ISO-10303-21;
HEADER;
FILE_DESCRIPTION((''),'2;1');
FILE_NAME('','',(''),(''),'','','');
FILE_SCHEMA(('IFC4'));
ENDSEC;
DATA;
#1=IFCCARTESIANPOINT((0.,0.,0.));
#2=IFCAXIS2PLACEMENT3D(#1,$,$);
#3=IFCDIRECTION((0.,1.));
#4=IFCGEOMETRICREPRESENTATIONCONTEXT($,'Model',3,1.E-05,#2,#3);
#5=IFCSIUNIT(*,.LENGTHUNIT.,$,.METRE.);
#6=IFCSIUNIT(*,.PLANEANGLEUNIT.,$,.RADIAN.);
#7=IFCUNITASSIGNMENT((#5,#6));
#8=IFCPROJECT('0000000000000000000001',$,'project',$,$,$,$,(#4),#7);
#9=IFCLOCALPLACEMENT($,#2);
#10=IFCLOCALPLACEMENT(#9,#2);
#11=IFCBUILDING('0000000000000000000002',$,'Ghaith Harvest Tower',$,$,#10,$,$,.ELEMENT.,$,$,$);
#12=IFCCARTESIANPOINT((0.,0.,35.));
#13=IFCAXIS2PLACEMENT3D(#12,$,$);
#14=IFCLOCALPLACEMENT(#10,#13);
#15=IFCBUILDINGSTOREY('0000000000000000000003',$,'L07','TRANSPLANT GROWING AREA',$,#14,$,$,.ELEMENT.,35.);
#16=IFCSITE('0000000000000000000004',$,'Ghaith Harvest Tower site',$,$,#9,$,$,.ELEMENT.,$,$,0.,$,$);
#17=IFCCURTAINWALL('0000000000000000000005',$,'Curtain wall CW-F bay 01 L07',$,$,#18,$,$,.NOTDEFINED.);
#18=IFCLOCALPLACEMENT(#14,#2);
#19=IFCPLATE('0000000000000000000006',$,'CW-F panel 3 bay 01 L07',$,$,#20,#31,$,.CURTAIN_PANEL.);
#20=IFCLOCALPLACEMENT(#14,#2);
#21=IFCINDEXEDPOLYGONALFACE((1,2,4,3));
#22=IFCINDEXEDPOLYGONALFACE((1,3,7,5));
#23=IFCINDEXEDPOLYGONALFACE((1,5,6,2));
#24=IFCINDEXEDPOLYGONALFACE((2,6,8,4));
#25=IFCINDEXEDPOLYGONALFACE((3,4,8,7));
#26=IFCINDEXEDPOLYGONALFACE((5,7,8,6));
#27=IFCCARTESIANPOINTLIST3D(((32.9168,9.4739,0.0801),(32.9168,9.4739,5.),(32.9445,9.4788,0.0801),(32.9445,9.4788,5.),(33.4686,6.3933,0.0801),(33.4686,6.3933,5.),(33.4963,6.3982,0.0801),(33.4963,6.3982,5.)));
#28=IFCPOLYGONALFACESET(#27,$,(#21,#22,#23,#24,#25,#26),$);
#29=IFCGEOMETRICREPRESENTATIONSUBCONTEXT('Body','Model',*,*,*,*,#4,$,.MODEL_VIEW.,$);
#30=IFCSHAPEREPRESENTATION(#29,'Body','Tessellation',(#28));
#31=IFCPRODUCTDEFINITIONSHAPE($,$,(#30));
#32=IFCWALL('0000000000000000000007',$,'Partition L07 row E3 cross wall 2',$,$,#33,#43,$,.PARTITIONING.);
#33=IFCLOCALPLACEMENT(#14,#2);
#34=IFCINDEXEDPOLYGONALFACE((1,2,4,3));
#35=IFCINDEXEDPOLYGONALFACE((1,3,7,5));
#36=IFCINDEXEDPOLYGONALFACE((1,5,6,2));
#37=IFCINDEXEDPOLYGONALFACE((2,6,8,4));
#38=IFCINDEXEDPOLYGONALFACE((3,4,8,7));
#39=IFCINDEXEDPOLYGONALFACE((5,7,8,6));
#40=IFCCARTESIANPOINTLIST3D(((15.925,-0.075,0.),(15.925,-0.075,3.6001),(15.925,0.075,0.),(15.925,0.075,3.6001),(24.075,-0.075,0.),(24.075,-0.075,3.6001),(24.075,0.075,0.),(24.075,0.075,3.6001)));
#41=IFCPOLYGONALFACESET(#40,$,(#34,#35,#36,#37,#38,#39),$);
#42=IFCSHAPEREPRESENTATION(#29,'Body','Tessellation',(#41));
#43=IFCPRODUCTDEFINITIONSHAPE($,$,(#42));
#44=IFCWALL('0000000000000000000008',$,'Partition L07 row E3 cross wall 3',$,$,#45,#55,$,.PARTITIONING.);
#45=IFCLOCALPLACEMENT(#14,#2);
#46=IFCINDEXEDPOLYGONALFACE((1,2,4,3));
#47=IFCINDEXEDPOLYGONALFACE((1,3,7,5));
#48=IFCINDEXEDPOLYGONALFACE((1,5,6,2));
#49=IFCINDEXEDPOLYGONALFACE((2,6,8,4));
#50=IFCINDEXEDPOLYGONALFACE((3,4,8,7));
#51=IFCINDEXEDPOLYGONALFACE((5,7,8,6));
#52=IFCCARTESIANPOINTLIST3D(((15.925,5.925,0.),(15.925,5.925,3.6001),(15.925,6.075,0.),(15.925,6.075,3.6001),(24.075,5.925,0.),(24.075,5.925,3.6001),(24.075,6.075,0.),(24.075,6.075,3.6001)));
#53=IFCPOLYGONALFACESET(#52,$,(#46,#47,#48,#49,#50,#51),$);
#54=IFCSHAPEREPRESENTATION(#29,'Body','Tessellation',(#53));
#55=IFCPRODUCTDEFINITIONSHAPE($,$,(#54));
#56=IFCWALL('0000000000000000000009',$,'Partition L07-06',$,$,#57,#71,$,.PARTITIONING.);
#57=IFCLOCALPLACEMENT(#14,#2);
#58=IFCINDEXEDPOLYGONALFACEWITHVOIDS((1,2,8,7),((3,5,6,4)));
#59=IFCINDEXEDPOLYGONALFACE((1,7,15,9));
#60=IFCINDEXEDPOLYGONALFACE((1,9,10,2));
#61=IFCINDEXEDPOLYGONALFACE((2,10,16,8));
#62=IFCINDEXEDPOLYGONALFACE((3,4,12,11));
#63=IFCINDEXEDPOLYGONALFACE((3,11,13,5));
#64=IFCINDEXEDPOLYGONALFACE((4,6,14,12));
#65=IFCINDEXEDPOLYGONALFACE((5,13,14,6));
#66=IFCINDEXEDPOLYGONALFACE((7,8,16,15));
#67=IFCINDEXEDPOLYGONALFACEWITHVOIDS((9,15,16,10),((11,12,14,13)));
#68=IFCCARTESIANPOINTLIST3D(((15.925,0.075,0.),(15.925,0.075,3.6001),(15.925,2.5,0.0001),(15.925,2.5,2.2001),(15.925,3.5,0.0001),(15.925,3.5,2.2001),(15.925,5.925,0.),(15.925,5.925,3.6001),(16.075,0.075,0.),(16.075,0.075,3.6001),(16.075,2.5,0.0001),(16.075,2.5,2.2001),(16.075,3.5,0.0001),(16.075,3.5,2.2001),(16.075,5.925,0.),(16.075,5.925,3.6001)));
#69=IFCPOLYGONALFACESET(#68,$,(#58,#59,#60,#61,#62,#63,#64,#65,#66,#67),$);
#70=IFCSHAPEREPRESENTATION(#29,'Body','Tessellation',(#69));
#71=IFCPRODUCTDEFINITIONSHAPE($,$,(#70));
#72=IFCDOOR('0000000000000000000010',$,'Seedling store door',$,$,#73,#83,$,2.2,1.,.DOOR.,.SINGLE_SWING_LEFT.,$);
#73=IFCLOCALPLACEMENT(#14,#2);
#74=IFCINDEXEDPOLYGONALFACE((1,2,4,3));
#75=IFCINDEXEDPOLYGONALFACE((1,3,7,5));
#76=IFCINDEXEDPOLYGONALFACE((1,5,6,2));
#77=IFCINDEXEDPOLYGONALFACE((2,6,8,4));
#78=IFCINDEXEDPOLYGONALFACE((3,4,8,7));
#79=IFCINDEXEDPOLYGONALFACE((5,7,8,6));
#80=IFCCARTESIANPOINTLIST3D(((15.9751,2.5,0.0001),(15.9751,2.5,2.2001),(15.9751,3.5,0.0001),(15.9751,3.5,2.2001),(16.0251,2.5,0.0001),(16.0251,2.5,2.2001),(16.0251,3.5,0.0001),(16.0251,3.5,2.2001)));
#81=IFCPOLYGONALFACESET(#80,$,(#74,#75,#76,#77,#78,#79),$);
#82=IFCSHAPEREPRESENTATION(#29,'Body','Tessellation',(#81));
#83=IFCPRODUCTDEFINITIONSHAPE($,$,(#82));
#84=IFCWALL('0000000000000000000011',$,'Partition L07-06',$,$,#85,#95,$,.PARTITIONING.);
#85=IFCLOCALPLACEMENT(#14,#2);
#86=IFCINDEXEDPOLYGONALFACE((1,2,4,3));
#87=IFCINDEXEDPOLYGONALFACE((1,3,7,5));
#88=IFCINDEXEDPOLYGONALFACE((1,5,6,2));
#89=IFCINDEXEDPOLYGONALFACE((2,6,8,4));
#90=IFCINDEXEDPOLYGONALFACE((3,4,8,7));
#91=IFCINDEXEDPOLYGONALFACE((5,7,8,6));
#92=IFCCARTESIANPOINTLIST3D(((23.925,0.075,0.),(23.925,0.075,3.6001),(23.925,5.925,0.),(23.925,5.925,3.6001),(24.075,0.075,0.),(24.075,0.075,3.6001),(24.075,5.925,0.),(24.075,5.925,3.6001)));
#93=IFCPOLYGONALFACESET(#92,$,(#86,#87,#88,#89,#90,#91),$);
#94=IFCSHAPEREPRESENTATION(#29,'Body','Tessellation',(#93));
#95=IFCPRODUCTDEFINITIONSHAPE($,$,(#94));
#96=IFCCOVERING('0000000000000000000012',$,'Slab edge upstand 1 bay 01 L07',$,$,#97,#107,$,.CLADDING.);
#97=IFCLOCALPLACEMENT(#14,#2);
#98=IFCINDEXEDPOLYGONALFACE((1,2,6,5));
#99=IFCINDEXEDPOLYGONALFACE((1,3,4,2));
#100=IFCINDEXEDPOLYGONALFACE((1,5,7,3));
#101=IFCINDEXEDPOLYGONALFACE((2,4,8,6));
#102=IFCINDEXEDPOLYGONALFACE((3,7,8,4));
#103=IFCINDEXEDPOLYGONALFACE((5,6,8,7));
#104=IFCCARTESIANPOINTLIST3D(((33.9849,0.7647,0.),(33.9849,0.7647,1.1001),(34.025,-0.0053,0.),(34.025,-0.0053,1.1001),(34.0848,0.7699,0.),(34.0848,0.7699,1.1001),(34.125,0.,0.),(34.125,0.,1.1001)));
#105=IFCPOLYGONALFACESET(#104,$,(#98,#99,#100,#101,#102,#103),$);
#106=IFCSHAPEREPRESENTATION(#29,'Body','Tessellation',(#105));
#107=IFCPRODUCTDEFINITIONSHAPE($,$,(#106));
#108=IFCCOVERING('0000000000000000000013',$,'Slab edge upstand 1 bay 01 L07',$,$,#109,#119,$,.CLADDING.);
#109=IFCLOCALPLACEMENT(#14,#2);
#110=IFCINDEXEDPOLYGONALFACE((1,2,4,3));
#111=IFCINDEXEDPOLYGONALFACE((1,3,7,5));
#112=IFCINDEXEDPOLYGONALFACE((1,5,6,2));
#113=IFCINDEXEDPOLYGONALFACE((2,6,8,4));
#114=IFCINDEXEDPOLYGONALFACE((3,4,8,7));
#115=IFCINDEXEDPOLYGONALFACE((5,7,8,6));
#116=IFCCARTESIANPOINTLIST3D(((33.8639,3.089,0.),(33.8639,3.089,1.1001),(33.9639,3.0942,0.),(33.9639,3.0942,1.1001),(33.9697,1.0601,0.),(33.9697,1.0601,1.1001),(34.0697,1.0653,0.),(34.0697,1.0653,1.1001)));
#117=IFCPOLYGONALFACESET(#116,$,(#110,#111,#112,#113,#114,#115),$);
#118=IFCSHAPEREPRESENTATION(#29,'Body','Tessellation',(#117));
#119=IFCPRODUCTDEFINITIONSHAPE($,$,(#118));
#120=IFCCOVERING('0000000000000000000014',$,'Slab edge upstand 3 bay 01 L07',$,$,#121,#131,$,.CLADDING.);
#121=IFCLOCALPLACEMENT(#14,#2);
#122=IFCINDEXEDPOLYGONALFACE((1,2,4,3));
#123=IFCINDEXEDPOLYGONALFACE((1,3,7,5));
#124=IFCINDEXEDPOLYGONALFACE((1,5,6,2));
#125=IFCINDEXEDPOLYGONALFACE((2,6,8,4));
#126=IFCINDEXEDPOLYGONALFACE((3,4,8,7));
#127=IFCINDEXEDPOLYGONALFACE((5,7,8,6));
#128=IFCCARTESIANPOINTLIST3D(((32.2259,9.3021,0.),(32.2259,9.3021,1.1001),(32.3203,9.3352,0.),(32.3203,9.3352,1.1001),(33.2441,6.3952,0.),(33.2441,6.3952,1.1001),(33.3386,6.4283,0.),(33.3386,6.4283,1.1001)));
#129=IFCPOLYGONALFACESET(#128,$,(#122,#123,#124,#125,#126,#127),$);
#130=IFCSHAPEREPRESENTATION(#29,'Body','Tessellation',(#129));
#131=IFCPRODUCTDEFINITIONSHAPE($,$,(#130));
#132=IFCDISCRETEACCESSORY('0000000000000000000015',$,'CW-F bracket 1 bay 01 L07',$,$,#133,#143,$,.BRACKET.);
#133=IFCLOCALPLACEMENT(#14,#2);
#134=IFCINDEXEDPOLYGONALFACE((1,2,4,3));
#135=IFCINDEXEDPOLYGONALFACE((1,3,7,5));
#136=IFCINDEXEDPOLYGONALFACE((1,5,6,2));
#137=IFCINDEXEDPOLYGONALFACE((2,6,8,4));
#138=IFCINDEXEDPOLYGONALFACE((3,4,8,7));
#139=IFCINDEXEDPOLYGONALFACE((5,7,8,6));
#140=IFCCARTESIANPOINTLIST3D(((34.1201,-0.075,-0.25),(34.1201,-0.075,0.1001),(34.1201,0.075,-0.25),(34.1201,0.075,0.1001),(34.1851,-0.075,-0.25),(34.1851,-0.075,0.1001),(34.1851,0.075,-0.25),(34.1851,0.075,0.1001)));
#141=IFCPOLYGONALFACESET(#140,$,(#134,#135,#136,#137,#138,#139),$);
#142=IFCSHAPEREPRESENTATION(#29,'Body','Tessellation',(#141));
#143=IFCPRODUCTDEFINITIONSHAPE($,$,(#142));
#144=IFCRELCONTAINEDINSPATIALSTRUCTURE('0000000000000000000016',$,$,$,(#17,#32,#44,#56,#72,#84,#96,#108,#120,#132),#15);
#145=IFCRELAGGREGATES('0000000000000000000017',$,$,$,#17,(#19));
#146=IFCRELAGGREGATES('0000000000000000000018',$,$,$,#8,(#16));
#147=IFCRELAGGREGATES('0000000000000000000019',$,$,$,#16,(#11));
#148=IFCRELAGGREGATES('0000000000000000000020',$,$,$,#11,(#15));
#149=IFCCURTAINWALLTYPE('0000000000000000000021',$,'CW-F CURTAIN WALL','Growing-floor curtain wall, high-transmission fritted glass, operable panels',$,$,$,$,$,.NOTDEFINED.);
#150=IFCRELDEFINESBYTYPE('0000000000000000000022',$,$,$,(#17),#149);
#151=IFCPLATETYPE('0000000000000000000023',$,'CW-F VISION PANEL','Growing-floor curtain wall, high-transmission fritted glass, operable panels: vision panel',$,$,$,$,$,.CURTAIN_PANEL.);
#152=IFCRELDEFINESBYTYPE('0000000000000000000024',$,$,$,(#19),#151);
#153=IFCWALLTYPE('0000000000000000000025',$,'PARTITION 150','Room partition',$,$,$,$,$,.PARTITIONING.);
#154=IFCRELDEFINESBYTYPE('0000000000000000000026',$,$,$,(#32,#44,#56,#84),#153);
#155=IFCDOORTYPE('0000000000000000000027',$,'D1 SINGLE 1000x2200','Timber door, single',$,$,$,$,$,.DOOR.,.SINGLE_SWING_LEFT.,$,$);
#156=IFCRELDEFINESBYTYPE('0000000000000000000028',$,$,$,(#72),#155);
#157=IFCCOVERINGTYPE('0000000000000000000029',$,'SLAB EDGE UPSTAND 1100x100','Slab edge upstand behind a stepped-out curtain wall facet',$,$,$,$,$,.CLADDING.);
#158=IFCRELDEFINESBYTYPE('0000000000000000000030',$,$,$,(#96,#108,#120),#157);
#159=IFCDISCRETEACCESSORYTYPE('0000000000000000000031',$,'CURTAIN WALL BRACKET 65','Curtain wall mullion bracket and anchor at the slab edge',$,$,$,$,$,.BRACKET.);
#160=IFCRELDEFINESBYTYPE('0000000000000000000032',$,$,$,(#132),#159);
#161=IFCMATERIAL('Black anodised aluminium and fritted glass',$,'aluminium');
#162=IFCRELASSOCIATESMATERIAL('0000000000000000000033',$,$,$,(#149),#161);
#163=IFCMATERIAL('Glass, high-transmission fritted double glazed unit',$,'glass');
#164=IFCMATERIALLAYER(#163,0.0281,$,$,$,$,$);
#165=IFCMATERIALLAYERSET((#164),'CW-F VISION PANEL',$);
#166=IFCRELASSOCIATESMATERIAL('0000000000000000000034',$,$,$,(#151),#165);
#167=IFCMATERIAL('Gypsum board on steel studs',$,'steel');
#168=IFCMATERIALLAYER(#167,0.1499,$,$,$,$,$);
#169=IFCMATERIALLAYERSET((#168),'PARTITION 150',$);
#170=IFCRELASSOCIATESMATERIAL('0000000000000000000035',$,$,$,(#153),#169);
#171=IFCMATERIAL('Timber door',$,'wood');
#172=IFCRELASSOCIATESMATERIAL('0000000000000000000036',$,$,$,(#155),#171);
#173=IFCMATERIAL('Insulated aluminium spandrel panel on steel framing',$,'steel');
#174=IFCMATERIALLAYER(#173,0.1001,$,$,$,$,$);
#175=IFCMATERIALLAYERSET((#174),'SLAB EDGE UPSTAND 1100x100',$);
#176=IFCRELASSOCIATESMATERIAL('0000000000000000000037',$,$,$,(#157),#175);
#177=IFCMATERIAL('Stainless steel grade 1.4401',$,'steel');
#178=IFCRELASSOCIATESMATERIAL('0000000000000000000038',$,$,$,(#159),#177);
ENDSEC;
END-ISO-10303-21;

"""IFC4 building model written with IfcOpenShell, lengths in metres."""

from ifc_helpers import new_model, si_unit, direction, frame, frame_2d, origin, origin_2d, place, context, subcontext, project, spatial, rectangle, extrude, material, layer, layer_set, type_object, element, fill, aggregate, save


model = new_model("IFC4")

# Units and contexts
model_context = context("Model", 3, precision=1e-05, world=origin(), true_north=direction((0.0, 1.0)))
body_context = subcontext(model_context, "Body", "Model", "MODEL_VIEW")
ifc_project = project(units=[si_unit("LENGTHUNIT", "METRE"), si_unit("PLANEANGLEUNIT", "RADIAN")], contexts=[model_context])

# Site, building, storey
site_placement = place(None, origin())
site = spatial("IfcSite", under=ifc_project, at=site_placement, Name="Ghaith Harvest Tower site", CompositionType="ELEMENT", RefElevation=0.0)
building_placement = place(site_placement, origin())
building = spatial("IfcBuilding", under=site, at=building_placement, Name="Ghaith Harvest Tower", CompositionType="ELEMENT")
storey_placement = place(building_placement, frame((0.0, 0.0, 35.0)))
storey = spatial("IfcBuildingStorey", under=building, at=storey_placement, Name="L07", Description="TRANSPLANT GROWING AREA", CompositionType="ELEMENT", Elevation=35.0)

# Curtain wall
ifc_material_1 = material(Name="Black anodised aluminium and fritted glass", Category="aluminium")
curtain_wall_type = type_object("IfcCurtainWallType", Name="CW-F CURTAIN WALL", Description="Growing-floor curtain wall, high-transmission fritted glass, operable panels", PredefinedType="NOTDEFINED", material=ifc_material_1)
curtain_wall_placement = place(storey_placement, origin())
curtain_wall = element("IfcCurtainWall", 1, at=curtain_wall_placement, inside=storey, type_object=curtain_wall_type, Name="Curtain wall CW-F bay 01 L07", PredefinedType="NOTDEFINED")

# Plate
ifc_material_2 = material(Name="Glass, high-transmission fritted double glazed unit", Category="glass")
ifc_layer_1 = layer(ifc_material_2, 0.0281)
ifc_layer_set_1 = layer_set([ifc_layer_1], Name="CW-F VISION PANEL")
plate_type = type_object("IfcPlateType", Name="CW-F VISION PANEL", Description="Growing-floor curtain wall, high-transmission fritted glass, operable panels: vision panel", PredefinedType="CURTAIN_PANEL", material=ifc_layer_set_1)
plate_1_placement = place(storey_placement, frame((33.2065, 7.936, 0.0801), z_axis=(0.0, 0.0, 1.0), x_axis=(-0.17632, 0.984333, 0.0)))
plate_1 = element("IfcPlate", 2, at=plate_1_placement, type_object=plate_type, Name="CW-F panel 3 bay 01 L07", PredefinedType="CURTAIN_PANEL", context=body_context, shape_type="SweptSolid", body=[
    extrude(rectangle(XDim=3.1296, YDim=0.0281, at=origin_2d()), origin(), (0.0, 0.0, 1.0), 4.9199),
])
aggregate(curtain_wall, [plate_1])

# Walls
ifc_material_3 = material(Name="Gypsum board on steel studs", Category="steel")
ifc_layer_2 = layer(ifc_material_3, 0.1499)
ifc_layer_set_2 = layer_set([ifc_layer_2], Name="PARTITION 150")
wall_type_1 = type_object("IfcWallType", Name="PARTITION 150", Description="Room partition", PredefinedType="PARTITIONING", material=ifc_layer_set_2)
for number, where, z_axis, x_axis, name in (
    (3, (15.925, 0.0, 0.0), (0.0, 0.0, 1.0), (1.0, 0.0, 0.0), "Partition L07 row E3 cross wall 2"),
    (4, (15.925, 6.0, 0.0), (0.0, 0.0, 1.0), (1.0, 0.0, 0.0), "Partition L07 row E3 cross wall 3"),
):
    element("IfcWall", number, at=place(storey_placement, frame(where, z_axis=z_axis, x_axis=x_axis)), inside=storey, type_object=wall_type_1, Name=name, PredefinedType="PARTITIONING", context=body_context, shape_type="SweptSolid", body=[
        extrude(rectangle(XDim=8.1499, YDim=0.1499, at=frame_2d((4.075, 0.0))), origin(), (0.0, 0.0, 1.0), 3.6001),
    ])

# Wall, opening, door
wall_1_placement = place(storey_placement, frame((16.0, 0.075, 0.0), z_axis=(0.0, 0.0, 1.0), x_axis=(0.0, 1.0, 0.0)))
wall_1 = element("IfcWall", 5, at=wall_1_placement, inside=storey, type_object=wall_type_1, Name="Partition L07-06", PredefinedType="PARTITIONING", context=body_context, shape_type="SweptSolid", body=[
    extrude(rectangle(XDim=5.8501, YDim=0.1499, at=frame_2d((2.925, 0.0))), origin(), (0.0, 0.0, 1.0), 3.6001),
])
opening_1_placement = place(wall_1_placement, frame((2.425, 0.0, 0.0)))
opening_1 = element("IfcOpeningElement", 6, at=opening_1_placement, cuts=wall_1, PredefinedType="OPENING", context=body_context, shape_type="SweptSolid", body=[
    extrude(rectangle(XDim=1.0, YDim=2.2, at=frame_2d((0.5, 1.1001))), frame((0.0, 0.085, 0.0), z_axis=(0.0, -1.0, 0.0), x_axis=(1.0, 0.0, 0.0)), (0.0, 0.0, 1.0), 0.1699),
])
ifc_material_4 = material(Name="Timber door", Category="wood")
door_type_1 = type_object("IfcDoorType", Name="D1 SINGLE 1000x2200", Description="Timber door, single", OperationType="SINGLE_SWING_LEFT", PredefinedType="DOOR", material=ifc_material_4)
door_1_placement = place(opening_1_placement, origin())
door_1 = element("IfcDoor", 7, at=door_1_placement, inside=storey, type_object=door_type_1, Name="Seedling store door", OperationType="SINGLE_SWING_LEFT", OverallHeight=2.2, OverallWidth=1.0, PredefinedType="DOOR", context=body_context, shape_type="SweptSolid", body=[
    extrude(rectangle(XDim=1.0, YDim=2.2, at=frame_2d((0.5, 1.1001))), frame((0.0, 0.0249, 0.0), z_axis=(0.0, -1.0, 0.0), x_axis=(1.0, 0.0, 0.0)), (0.0, 0.0, 1.0), 0.05),
])
fill(opening_1, door_1)

# Wall
wall_2_placement = place(storey_placement, frame((24.0, 0.075, 0.0), z_axis=(0.0, 0.0, 1.0), x_axis=(0.0, 1.0, 0.0)))
element("IfcWall", 8, at=wall_2_placement, inside=storey, type_object=wall_type_1, Name="Partition L07-06", PredefinedType="PARTITIONING", context=body_context, shape_type="SweptSolid", body=[
    extrude(rectangle(XDim=5.8501, YDim=0.1499, at=frame_2d((2.925, 0.0))), origin(), (0.0, 0.0, 1.0), 3.6001),
])

# Coverings
ifc_material_5 = material(Name="Insulated aluminium spandrel panel on steel framing", Category="steel")
ifc_layer_3 = layer(ifc_material_5, 0.1001)
ifc_layer_set_3 = layer_set([ifc_layer_3], Name="SLAB EDGE UPSTAND 1100x100")
covering_type = type_object("IfcCoveringType", Name="SLAB EDGE UPSTAND 1100x100", Description="Slab edge upstand behind a stepped-out curtain wall facet", PredefinedType="CLADDING", material=ifc_layer_set_3)
covering_1_placement = place(storey_placement, frame((34.0549, 0.3823, 0.0), z_axis=(0.0, 0.0, 1.0), x_axis=(-0.052049, 0.998645, 0.0)))
element("IfcCovering", 9, at=covering_1_placement, inside=storey, type_object=covering_type, Name="Slab edge upstand 1 bay 01 L07", PredefinedType="CLADDING", context=body_context, shape_type="SweptSolid", body=[
    extrude(rectangle(XDim=0.771, YDim=0.1001, at=origin_2d()), origin(), (0.0, 0.0, 1.0), 1.1001),
])
covering_2_placement = place(storey_placement, frame((33.9668, 2.0771, 0.0), z_axis=(0.0, 0.0, 1.0), x_axis=(-0.052049, 0.998645, 0.0)))
element("IfcCovering", 10, at=covering_2_placement, inside=storey, type_object=covering_type, Name="Slab edge upstand 1 bay 01 L07", PredefinedType="CLADDING", context=body_context, shape_type="SweptSolid", body=[
    extrude(rectangle(XDim=2.0317, YDim=0.1001, at=origin_2d()), origin(), (0.0, 0.0, 1.0), 1.1001),
])
covering_3_placement = place(storey_placement, frame((32.7822, 7.8652, 0.0), z_axis=(0.0, 0.0, 1.0), x_axis=(-0.330598, 0.943772, 0.0)))
element("IfcCovering", 11, at=covering_3_placement, inside=storey, type_object=covering_type, Name="Slab edge upstand 3 bay 01 L07", PredefinedType="CLADDING", context=body_context, shape_type="SweptSolid", body=[
    extrude(rectangle(XDim=3.0801, YDim=0.1001, at=origin_2d()), origin(), (0.0, 0.0, 1.0), 1.1001),
])

# Discrete accessory
ifc_material_6 = material(Name="Stainless steel grade 1.4401", Category="steel")
discrete_accessory_type = type_object("IfcDiscreteAccessoryType", Name="CURTAIN WALL BRACKET 65", Description="Curtain wall mullion bracket and anchor at the slab edge", PredefinedType="BRACKET", material=ifc_material_6)
discrete_accessory_placement = place(storey_placement, frame((34.1526, 0.0, -0.25), z_axis=(0.0, 0.0, 1.0), x_axis=(1.0, 0.0, 0.0)))
element("IfcDiscreteAccessory", 12, at=discrete_accessory_placement, inside=storey, type_object=discrete_accessory_type, Name="CW-F bracket 1 bay 01 L07", PredefinedType="BRACKET", context=body_context, shape_type="SweptSolid", body=[
    extrude(rectangle(XDim=0.0649, YDim=0.1499, at=origin_2d()), origin(), (0.0, 0.0, 1.0), 0.3501),
])

save(model, "model.ifc")
